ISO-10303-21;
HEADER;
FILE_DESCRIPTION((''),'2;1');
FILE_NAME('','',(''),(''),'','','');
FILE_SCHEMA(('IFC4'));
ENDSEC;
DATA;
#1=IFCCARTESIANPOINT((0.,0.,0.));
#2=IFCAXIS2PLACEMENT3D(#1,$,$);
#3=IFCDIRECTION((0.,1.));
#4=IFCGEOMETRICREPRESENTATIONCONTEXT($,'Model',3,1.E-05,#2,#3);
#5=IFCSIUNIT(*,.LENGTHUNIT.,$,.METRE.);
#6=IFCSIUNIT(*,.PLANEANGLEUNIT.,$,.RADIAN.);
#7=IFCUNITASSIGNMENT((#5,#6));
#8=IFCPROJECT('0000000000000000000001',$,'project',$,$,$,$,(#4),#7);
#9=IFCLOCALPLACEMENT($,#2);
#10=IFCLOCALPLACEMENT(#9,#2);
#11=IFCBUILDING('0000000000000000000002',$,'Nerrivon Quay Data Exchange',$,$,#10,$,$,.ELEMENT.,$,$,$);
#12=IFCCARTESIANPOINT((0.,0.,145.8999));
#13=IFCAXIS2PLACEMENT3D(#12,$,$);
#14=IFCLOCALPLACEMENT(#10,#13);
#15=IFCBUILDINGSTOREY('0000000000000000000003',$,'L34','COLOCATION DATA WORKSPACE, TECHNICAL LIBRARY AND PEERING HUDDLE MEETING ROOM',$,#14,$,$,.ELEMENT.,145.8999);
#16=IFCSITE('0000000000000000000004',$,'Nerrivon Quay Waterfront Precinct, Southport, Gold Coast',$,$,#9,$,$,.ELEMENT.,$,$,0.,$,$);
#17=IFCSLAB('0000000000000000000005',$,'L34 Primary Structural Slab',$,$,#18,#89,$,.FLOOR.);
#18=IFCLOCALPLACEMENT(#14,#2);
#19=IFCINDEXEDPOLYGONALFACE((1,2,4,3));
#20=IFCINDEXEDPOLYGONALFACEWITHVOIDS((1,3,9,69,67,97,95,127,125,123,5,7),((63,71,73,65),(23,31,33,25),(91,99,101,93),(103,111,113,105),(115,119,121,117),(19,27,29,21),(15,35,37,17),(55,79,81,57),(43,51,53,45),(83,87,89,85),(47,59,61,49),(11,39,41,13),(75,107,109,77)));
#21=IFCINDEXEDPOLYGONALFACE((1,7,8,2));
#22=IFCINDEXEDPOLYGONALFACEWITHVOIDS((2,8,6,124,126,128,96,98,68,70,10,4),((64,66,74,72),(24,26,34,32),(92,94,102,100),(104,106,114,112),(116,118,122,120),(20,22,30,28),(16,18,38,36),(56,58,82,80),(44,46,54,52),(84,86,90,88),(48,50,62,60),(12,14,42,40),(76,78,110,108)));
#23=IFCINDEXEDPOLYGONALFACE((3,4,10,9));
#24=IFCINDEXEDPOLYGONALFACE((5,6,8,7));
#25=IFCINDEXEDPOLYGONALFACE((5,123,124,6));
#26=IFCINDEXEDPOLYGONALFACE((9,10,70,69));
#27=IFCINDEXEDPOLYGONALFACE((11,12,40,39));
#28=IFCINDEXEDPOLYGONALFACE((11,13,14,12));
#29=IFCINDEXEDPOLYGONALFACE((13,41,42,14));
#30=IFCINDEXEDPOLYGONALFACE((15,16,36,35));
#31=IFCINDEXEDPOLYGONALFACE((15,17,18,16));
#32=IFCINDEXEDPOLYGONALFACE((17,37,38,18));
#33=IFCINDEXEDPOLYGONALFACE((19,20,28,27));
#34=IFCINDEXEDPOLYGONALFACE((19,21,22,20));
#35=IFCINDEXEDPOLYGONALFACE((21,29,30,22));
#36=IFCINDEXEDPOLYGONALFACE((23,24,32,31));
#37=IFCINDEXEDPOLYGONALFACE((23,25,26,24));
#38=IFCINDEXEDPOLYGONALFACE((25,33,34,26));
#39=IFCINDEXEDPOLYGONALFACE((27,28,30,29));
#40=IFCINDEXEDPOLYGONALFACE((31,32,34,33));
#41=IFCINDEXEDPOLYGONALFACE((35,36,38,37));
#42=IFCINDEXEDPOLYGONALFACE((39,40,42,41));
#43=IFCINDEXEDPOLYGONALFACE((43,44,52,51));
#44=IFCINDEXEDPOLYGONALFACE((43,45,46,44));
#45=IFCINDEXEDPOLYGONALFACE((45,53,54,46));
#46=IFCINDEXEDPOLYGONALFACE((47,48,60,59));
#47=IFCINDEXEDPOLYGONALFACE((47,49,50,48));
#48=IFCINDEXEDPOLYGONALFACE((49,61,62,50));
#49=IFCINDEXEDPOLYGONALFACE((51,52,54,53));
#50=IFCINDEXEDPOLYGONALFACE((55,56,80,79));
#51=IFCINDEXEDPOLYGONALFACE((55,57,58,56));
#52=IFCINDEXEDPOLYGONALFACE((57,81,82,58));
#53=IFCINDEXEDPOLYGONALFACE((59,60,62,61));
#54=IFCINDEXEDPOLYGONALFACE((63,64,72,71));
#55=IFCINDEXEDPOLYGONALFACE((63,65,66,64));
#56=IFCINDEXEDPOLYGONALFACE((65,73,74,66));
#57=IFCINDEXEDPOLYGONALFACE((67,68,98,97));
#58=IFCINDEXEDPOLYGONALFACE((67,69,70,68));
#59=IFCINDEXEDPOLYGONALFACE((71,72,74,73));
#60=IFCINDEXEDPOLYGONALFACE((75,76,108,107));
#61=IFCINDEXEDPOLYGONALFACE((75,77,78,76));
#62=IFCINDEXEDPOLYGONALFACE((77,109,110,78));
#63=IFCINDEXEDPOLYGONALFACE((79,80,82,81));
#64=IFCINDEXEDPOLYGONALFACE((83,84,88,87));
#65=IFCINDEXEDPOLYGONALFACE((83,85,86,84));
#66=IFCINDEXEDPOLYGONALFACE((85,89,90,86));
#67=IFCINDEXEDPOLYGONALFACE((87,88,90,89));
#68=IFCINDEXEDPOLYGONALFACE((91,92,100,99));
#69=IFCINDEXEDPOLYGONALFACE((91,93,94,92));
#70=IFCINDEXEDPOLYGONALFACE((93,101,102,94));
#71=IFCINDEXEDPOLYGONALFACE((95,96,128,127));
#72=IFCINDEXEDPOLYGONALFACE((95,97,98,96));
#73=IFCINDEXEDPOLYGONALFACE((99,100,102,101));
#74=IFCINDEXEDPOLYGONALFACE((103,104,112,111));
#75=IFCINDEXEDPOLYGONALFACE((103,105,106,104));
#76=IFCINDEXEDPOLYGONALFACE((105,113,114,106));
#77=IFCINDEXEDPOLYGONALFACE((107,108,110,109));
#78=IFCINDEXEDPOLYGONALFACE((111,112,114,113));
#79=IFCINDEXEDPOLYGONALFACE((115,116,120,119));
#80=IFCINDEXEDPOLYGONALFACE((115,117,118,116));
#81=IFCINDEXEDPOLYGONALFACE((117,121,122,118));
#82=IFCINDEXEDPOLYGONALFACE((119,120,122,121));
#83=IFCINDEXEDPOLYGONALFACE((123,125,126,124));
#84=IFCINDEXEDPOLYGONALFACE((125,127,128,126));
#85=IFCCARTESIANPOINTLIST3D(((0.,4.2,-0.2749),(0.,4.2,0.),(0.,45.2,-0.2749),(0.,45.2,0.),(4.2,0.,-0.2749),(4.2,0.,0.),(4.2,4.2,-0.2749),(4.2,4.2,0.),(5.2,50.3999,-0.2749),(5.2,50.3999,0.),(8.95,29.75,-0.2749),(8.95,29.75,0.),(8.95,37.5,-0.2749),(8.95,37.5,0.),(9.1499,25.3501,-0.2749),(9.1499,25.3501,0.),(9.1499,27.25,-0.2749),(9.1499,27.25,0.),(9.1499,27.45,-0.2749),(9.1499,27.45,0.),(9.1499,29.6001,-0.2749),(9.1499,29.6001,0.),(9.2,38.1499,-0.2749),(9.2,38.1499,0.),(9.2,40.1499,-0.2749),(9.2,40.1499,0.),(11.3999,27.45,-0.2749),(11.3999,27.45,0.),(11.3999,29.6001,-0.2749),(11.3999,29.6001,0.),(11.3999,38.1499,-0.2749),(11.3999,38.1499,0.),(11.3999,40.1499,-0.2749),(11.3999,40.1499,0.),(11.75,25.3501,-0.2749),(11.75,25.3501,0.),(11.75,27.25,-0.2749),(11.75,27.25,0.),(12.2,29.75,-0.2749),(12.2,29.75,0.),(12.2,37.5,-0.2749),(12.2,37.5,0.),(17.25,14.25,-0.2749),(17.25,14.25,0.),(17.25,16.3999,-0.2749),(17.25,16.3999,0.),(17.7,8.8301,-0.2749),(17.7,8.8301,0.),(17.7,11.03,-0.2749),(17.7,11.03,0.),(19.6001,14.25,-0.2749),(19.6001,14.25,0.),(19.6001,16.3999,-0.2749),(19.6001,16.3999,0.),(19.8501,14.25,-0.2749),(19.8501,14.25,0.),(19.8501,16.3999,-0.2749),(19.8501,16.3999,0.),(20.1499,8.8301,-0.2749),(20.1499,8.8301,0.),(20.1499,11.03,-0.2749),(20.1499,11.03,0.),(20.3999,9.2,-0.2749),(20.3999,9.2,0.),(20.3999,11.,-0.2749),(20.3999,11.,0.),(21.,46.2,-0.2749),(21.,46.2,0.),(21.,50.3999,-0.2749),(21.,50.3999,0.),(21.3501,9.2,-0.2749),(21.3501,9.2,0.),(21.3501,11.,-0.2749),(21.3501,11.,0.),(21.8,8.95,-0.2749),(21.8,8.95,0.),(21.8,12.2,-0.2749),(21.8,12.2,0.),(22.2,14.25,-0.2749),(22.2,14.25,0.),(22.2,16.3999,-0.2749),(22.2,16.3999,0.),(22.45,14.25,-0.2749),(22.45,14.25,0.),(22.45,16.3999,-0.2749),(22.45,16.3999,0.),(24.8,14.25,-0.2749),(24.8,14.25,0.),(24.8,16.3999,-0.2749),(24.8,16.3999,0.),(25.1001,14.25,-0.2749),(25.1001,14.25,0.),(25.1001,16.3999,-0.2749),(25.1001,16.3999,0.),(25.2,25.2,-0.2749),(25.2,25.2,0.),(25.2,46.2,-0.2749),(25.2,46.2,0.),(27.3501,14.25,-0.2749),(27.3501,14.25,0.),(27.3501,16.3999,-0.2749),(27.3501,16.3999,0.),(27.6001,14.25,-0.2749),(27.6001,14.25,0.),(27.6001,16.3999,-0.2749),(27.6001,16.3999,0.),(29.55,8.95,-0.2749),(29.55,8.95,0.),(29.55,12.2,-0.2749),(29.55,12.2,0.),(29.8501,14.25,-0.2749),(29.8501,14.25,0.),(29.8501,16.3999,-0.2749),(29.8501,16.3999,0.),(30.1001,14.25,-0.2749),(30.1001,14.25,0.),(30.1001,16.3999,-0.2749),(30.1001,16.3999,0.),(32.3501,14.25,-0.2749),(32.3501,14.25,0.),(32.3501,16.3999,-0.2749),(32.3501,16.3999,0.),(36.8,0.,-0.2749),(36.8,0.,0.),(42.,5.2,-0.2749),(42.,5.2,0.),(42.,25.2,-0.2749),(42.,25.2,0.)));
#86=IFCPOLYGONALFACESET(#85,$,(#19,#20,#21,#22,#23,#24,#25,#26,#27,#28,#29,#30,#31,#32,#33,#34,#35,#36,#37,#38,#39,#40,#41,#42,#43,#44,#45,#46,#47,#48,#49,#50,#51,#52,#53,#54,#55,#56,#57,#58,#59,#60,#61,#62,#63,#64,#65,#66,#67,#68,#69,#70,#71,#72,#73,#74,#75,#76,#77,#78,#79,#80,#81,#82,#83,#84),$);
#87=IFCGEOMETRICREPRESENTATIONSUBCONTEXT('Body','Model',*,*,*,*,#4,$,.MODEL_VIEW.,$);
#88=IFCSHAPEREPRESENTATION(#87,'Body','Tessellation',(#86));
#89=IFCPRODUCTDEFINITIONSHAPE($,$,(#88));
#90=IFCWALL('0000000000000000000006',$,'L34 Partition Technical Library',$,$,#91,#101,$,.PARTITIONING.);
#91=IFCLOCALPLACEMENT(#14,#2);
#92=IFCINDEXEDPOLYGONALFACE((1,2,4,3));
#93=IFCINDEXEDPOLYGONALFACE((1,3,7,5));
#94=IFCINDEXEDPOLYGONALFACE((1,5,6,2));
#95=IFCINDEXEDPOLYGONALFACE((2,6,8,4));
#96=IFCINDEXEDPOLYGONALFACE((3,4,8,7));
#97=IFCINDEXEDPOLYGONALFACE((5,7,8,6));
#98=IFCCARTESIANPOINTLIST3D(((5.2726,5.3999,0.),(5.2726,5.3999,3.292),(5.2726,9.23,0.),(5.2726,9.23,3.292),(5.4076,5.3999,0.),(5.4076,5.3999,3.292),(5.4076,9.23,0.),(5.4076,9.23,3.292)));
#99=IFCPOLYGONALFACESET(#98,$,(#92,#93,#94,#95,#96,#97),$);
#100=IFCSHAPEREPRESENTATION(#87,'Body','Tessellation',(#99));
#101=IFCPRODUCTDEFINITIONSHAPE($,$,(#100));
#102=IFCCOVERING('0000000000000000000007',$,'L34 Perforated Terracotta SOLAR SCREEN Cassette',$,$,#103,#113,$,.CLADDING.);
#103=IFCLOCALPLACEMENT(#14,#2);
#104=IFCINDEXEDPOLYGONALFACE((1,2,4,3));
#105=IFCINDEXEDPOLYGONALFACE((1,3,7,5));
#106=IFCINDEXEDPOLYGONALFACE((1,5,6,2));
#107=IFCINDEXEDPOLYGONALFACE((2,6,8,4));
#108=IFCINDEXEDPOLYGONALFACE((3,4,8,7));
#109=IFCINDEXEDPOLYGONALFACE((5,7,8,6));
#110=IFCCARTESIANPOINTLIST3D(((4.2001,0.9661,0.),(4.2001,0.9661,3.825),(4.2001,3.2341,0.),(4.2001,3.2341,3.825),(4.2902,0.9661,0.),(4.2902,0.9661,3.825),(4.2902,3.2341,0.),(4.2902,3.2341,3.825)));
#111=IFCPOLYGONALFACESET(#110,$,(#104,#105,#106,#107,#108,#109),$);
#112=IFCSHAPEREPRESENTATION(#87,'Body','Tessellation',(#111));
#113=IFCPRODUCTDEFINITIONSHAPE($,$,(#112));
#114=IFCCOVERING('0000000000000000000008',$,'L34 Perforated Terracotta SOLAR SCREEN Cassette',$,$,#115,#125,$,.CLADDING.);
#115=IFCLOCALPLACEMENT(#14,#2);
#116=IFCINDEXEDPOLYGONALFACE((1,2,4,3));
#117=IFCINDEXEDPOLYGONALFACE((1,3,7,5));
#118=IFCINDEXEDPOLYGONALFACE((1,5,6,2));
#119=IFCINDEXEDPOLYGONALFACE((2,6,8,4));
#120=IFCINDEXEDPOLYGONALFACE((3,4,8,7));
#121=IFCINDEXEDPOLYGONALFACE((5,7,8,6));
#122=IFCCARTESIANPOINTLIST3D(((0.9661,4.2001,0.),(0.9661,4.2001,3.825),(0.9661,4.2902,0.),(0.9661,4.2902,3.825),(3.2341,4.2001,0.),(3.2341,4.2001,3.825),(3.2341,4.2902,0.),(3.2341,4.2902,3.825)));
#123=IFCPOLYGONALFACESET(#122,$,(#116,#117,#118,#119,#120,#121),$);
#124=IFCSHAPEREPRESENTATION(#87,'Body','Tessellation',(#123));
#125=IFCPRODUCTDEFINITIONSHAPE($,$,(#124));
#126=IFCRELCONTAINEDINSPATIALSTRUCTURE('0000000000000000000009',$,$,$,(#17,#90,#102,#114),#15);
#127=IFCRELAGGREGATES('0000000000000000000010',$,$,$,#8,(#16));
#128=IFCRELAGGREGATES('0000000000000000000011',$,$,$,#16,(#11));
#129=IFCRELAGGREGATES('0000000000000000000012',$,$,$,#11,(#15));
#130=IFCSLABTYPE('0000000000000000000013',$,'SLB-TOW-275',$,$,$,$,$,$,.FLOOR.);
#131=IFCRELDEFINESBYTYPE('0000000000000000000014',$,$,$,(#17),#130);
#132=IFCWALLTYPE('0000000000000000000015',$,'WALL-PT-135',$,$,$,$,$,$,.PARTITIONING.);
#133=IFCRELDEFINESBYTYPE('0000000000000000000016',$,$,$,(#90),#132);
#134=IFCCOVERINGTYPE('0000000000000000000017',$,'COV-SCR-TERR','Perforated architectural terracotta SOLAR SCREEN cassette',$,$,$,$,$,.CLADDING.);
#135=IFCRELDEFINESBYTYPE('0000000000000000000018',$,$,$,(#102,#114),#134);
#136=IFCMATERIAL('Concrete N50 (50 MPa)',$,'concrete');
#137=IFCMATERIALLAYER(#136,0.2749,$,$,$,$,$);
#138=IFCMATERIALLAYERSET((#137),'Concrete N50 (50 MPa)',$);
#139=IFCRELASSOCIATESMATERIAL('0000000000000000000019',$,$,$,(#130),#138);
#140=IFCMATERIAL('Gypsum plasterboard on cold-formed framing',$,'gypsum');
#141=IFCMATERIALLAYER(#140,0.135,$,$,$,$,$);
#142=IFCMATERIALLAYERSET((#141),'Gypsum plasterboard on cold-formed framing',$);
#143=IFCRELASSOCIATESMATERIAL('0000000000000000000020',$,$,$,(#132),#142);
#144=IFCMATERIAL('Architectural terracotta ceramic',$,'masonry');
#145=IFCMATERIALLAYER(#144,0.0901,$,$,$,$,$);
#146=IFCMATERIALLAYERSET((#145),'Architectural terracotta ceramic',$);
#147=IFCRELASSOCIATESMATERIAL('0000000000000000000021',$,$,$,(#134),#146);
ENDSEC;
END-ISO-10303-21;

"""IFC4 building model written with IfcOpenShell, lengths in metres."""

from ifc_helpers import new_model, si_unit, direction, frame, frame_2d, origin, origin_2d, place, context, subcontext, project, spatial, polyline, rectangle, outline, extrude, material, layer, layer_set, type_object, element, save


model = new_model("IFC4")

# Units and contexts
model_context = context("Model", 3, precision=1e-05, world=origin(), true_north=direction((0.0, 1.0)))
body_context = subcontext(model_context, "Body", "Model", "MODEL_VIEW")
ifc_project = project(units=[si_unit("LENGTHUNIT", "METRE"), si_unit("PLANEANGLEUNIT", "RADIAN")], contexts=[model_context])

# Site, building, storey
site_placement = place(None, origin())
site = spatial("IfcSite", under=ifc_project, at=site_placement, Name="Nerrivon Quay Waterfront Precinct, Southport, Gold Coast", CompositionType="ELEMENT", RefElevation=0.0)
building_placement = place(site_placement, origin())
building = spatial("IfcBuilding", under=site, at=building_placement, Name="Nerrivon Quay Data Exchange", CompositionType="ELEMENT")
storey_placement = place(building_placement, frame((0.0, 0.0, 145.8999)))
storey = spatial("IfcBuildingStorey", under=building, at=storey_placement, Name="L34", Description="COLOCATION DATA WORKSPACE, TECHNICAL LIBRARY AND PEERING HUDDLE MEETING ROOM", CompositionType="ELEMENT", Elevation=145.8999)

# Shared definitions
ifc_material_1 = material(Name="Concrete N50 (50 MPa)", Category="concrete")

# Slab
ifc_layer_1 = layer(ifc_material_1, 0.2749)
ifc_layer_set_1 = layer_set([ifc_layer_1], Name="Concrete N50 (50 MPa)")
slab_type_1 = type_object("IfcSlabType", Name="SLB-TOW-275", PredefinedType="FLOOR", material=ifc_layer_set_1)
slab_1_placement = place(storey_placement, frame((0.0, 0.0, -0.2749)))
element("IfcSlab", 1, at=slab_1_placement, inside=storey, type_object=slab_type_1, Name="L34 Primary Structural Slab", PredefinedType="FLOOR", context=body_context, shape_type="SweptSolid", body=[
    extrude(outline(polyline([(42.0, 25.2), (25.2, 25.2), (25.2, 46.2), (21.0, 46.2), (21.0, 50.3999), (5.2, 50.3999), (0.0, 45.2), (0.0, 4.2), (4.2, 4.2), (4.2, 0.0), (36.8, 0.0), (42.0, 5.2), (42.0, 25.2)]), holes=[polyline([(8.95, 29.75), (8.95, 37.5), (12.2, 37.5), (12.2, 29.75), (8.95, 29.75)]), polyline([(21.8, 12.2), (29.55, 12.2), (29.55, 8.95), (21.8, 8.95), (21.8, 12.2)]), polyline([(30.1001, 16.3999), (32.3501, 16.3999), (32.3501, 14.25), (30.1001, 14.25), (30.1001, 16.3999)]), polyline([(27.6001, 16.3999), (29.8501, 16.3999), (29.8501, 14.25), (27.6001, 14.25), (27.6001, 16.3999)]), polyline([(25.1001, 14.25), (25.1001, 16.3999), (27.3501, 16.3999), (27.3501, 14.25), (25.1001, 14.25)]), polyline([(22.45, 16.3999), (24.8, 16.3999), (24.8, 14.25), (22.45, 14.25), (22.45, 16.3999)]), polyline([(19.8501, 16.3999), (22.2, 16.3999), (22.2, 14.25), (19.8501, 14.25), (19.8501, 16.3999)]), polyline([(20.3999, 9.2), (20.3999, 11.0), (21.3501, 11.0), (21.3501, 9.2), (20.3999, 9.2)]), polyline([(17.7, 8.8301), (17.7, 11.03), (20.1499, 11.03), (20.1499, 8.8301), (17.7, 8.8301)]), polyline([(17.25, 14.25), (17.25, 16.3999), (19.6001, 16.3999), (19.6001, 14.25), (17.25, 14.25)]), polyline([(9.1499, 27.25), (11.75, 27.25), (11.75, 25.3501), (9.1499, 25.3501), (9.1499, 27.25)]), polyline([(9.1499, 29.6001), (11.3999, 29.6001), (11.3999, 27.45), (9.1499, 27.45), (9.1499, 29.6001)]), polyline([(9.2, 38.1499), (9.2, 40.1499), (11.3999, 40.1499), (11.3999, 38.1499), (9.2, 38.1499)])]), origin(), (0.0, 0.0, 1.0), 0.2749),
])

# Wall
ifc_material_2 = material(Name="Gypsum plasterboard on cold-formed framing", Category="gypsum")
ifc_layer_2 = layer(ifc_material_2, 0.135)
ifc_layer_set_2 = layer_set([ifc_layer_2], Name="Gypsum plasterboard on cold-formed framing")
wall_type = type_object("IfcWallType", Name="WALL-PT-135", PredefinedType="PARTITIONING", material=ifc_layer_set_2)
wall_placement = place(storey_placement, frame((5.3401, 5.3999, 0.0), z_axis=(0.0, 0.0, 1.0), x_axis=(0.0, 1.0, 0.0)))
element("IfcWall", 2, at=wall_placement, inside=storey, type_object=wall_type, Name="L34 Partition Technical Library", PredefinedType="PARTITIONING", context=body_context, shape_type="SweptSolid", body=[
    extrude(rectangle(XDim=3.8301, YDim=0.135, at=frame_2d((1.915, 0.0))), origin(), (0.0, 0.0, 1.0), 3.292),
])

# Coverings
ifc_material_3 = material(Name="Architectural terracotta ceramic", Category="masonry")
ifc_layer_3 = layer(ifc_material_3, 0.0901)
ifc_layer_set_3 = layer_set([ifc_layer_3], Name="Architectural terracotta ceramic")
covering_type = type_object("IfcCoveringType", Name="COV-SCR-TERR", Description="Perforated architectural terracotta SOLAR SCREEN cassette", PredefinedType="CLADDING", material=ifc_layer_set_3)
for number, where, z_axis, x_axis, name in (
    (3, (4.2451, 2.1001, 0.0), (0.0, 0.0, 1.0), (0.0, 1.0, 0.0), "L34 Perforated Terracotta SOLAR SCREEN Cassette"),
    (4, (2.1001, 4.2451, 0.0), (0.0, 0.0, 1.0), (-1.0, 0.0, 0.0), "L34 Perforated Terracotta SOLAR SCREEN Cassette"),
):
    element("IfcCovering", number, at=place(storey_placement, frame(where, z_axis=z_axis, x_axis=x_axis)), inside=storey, type_object=covering_type, Name=name, PredefinedType="CLADDING", context=body_context, shape_type="SweptSolid", body=[
        extrude(rectangle(XDim=2.2681, YDim=0.0901, at=origin_2d()), origin(), (0.0, 0.0, 1.0), 3.825),
    ])

save(model, "model.ifc")
